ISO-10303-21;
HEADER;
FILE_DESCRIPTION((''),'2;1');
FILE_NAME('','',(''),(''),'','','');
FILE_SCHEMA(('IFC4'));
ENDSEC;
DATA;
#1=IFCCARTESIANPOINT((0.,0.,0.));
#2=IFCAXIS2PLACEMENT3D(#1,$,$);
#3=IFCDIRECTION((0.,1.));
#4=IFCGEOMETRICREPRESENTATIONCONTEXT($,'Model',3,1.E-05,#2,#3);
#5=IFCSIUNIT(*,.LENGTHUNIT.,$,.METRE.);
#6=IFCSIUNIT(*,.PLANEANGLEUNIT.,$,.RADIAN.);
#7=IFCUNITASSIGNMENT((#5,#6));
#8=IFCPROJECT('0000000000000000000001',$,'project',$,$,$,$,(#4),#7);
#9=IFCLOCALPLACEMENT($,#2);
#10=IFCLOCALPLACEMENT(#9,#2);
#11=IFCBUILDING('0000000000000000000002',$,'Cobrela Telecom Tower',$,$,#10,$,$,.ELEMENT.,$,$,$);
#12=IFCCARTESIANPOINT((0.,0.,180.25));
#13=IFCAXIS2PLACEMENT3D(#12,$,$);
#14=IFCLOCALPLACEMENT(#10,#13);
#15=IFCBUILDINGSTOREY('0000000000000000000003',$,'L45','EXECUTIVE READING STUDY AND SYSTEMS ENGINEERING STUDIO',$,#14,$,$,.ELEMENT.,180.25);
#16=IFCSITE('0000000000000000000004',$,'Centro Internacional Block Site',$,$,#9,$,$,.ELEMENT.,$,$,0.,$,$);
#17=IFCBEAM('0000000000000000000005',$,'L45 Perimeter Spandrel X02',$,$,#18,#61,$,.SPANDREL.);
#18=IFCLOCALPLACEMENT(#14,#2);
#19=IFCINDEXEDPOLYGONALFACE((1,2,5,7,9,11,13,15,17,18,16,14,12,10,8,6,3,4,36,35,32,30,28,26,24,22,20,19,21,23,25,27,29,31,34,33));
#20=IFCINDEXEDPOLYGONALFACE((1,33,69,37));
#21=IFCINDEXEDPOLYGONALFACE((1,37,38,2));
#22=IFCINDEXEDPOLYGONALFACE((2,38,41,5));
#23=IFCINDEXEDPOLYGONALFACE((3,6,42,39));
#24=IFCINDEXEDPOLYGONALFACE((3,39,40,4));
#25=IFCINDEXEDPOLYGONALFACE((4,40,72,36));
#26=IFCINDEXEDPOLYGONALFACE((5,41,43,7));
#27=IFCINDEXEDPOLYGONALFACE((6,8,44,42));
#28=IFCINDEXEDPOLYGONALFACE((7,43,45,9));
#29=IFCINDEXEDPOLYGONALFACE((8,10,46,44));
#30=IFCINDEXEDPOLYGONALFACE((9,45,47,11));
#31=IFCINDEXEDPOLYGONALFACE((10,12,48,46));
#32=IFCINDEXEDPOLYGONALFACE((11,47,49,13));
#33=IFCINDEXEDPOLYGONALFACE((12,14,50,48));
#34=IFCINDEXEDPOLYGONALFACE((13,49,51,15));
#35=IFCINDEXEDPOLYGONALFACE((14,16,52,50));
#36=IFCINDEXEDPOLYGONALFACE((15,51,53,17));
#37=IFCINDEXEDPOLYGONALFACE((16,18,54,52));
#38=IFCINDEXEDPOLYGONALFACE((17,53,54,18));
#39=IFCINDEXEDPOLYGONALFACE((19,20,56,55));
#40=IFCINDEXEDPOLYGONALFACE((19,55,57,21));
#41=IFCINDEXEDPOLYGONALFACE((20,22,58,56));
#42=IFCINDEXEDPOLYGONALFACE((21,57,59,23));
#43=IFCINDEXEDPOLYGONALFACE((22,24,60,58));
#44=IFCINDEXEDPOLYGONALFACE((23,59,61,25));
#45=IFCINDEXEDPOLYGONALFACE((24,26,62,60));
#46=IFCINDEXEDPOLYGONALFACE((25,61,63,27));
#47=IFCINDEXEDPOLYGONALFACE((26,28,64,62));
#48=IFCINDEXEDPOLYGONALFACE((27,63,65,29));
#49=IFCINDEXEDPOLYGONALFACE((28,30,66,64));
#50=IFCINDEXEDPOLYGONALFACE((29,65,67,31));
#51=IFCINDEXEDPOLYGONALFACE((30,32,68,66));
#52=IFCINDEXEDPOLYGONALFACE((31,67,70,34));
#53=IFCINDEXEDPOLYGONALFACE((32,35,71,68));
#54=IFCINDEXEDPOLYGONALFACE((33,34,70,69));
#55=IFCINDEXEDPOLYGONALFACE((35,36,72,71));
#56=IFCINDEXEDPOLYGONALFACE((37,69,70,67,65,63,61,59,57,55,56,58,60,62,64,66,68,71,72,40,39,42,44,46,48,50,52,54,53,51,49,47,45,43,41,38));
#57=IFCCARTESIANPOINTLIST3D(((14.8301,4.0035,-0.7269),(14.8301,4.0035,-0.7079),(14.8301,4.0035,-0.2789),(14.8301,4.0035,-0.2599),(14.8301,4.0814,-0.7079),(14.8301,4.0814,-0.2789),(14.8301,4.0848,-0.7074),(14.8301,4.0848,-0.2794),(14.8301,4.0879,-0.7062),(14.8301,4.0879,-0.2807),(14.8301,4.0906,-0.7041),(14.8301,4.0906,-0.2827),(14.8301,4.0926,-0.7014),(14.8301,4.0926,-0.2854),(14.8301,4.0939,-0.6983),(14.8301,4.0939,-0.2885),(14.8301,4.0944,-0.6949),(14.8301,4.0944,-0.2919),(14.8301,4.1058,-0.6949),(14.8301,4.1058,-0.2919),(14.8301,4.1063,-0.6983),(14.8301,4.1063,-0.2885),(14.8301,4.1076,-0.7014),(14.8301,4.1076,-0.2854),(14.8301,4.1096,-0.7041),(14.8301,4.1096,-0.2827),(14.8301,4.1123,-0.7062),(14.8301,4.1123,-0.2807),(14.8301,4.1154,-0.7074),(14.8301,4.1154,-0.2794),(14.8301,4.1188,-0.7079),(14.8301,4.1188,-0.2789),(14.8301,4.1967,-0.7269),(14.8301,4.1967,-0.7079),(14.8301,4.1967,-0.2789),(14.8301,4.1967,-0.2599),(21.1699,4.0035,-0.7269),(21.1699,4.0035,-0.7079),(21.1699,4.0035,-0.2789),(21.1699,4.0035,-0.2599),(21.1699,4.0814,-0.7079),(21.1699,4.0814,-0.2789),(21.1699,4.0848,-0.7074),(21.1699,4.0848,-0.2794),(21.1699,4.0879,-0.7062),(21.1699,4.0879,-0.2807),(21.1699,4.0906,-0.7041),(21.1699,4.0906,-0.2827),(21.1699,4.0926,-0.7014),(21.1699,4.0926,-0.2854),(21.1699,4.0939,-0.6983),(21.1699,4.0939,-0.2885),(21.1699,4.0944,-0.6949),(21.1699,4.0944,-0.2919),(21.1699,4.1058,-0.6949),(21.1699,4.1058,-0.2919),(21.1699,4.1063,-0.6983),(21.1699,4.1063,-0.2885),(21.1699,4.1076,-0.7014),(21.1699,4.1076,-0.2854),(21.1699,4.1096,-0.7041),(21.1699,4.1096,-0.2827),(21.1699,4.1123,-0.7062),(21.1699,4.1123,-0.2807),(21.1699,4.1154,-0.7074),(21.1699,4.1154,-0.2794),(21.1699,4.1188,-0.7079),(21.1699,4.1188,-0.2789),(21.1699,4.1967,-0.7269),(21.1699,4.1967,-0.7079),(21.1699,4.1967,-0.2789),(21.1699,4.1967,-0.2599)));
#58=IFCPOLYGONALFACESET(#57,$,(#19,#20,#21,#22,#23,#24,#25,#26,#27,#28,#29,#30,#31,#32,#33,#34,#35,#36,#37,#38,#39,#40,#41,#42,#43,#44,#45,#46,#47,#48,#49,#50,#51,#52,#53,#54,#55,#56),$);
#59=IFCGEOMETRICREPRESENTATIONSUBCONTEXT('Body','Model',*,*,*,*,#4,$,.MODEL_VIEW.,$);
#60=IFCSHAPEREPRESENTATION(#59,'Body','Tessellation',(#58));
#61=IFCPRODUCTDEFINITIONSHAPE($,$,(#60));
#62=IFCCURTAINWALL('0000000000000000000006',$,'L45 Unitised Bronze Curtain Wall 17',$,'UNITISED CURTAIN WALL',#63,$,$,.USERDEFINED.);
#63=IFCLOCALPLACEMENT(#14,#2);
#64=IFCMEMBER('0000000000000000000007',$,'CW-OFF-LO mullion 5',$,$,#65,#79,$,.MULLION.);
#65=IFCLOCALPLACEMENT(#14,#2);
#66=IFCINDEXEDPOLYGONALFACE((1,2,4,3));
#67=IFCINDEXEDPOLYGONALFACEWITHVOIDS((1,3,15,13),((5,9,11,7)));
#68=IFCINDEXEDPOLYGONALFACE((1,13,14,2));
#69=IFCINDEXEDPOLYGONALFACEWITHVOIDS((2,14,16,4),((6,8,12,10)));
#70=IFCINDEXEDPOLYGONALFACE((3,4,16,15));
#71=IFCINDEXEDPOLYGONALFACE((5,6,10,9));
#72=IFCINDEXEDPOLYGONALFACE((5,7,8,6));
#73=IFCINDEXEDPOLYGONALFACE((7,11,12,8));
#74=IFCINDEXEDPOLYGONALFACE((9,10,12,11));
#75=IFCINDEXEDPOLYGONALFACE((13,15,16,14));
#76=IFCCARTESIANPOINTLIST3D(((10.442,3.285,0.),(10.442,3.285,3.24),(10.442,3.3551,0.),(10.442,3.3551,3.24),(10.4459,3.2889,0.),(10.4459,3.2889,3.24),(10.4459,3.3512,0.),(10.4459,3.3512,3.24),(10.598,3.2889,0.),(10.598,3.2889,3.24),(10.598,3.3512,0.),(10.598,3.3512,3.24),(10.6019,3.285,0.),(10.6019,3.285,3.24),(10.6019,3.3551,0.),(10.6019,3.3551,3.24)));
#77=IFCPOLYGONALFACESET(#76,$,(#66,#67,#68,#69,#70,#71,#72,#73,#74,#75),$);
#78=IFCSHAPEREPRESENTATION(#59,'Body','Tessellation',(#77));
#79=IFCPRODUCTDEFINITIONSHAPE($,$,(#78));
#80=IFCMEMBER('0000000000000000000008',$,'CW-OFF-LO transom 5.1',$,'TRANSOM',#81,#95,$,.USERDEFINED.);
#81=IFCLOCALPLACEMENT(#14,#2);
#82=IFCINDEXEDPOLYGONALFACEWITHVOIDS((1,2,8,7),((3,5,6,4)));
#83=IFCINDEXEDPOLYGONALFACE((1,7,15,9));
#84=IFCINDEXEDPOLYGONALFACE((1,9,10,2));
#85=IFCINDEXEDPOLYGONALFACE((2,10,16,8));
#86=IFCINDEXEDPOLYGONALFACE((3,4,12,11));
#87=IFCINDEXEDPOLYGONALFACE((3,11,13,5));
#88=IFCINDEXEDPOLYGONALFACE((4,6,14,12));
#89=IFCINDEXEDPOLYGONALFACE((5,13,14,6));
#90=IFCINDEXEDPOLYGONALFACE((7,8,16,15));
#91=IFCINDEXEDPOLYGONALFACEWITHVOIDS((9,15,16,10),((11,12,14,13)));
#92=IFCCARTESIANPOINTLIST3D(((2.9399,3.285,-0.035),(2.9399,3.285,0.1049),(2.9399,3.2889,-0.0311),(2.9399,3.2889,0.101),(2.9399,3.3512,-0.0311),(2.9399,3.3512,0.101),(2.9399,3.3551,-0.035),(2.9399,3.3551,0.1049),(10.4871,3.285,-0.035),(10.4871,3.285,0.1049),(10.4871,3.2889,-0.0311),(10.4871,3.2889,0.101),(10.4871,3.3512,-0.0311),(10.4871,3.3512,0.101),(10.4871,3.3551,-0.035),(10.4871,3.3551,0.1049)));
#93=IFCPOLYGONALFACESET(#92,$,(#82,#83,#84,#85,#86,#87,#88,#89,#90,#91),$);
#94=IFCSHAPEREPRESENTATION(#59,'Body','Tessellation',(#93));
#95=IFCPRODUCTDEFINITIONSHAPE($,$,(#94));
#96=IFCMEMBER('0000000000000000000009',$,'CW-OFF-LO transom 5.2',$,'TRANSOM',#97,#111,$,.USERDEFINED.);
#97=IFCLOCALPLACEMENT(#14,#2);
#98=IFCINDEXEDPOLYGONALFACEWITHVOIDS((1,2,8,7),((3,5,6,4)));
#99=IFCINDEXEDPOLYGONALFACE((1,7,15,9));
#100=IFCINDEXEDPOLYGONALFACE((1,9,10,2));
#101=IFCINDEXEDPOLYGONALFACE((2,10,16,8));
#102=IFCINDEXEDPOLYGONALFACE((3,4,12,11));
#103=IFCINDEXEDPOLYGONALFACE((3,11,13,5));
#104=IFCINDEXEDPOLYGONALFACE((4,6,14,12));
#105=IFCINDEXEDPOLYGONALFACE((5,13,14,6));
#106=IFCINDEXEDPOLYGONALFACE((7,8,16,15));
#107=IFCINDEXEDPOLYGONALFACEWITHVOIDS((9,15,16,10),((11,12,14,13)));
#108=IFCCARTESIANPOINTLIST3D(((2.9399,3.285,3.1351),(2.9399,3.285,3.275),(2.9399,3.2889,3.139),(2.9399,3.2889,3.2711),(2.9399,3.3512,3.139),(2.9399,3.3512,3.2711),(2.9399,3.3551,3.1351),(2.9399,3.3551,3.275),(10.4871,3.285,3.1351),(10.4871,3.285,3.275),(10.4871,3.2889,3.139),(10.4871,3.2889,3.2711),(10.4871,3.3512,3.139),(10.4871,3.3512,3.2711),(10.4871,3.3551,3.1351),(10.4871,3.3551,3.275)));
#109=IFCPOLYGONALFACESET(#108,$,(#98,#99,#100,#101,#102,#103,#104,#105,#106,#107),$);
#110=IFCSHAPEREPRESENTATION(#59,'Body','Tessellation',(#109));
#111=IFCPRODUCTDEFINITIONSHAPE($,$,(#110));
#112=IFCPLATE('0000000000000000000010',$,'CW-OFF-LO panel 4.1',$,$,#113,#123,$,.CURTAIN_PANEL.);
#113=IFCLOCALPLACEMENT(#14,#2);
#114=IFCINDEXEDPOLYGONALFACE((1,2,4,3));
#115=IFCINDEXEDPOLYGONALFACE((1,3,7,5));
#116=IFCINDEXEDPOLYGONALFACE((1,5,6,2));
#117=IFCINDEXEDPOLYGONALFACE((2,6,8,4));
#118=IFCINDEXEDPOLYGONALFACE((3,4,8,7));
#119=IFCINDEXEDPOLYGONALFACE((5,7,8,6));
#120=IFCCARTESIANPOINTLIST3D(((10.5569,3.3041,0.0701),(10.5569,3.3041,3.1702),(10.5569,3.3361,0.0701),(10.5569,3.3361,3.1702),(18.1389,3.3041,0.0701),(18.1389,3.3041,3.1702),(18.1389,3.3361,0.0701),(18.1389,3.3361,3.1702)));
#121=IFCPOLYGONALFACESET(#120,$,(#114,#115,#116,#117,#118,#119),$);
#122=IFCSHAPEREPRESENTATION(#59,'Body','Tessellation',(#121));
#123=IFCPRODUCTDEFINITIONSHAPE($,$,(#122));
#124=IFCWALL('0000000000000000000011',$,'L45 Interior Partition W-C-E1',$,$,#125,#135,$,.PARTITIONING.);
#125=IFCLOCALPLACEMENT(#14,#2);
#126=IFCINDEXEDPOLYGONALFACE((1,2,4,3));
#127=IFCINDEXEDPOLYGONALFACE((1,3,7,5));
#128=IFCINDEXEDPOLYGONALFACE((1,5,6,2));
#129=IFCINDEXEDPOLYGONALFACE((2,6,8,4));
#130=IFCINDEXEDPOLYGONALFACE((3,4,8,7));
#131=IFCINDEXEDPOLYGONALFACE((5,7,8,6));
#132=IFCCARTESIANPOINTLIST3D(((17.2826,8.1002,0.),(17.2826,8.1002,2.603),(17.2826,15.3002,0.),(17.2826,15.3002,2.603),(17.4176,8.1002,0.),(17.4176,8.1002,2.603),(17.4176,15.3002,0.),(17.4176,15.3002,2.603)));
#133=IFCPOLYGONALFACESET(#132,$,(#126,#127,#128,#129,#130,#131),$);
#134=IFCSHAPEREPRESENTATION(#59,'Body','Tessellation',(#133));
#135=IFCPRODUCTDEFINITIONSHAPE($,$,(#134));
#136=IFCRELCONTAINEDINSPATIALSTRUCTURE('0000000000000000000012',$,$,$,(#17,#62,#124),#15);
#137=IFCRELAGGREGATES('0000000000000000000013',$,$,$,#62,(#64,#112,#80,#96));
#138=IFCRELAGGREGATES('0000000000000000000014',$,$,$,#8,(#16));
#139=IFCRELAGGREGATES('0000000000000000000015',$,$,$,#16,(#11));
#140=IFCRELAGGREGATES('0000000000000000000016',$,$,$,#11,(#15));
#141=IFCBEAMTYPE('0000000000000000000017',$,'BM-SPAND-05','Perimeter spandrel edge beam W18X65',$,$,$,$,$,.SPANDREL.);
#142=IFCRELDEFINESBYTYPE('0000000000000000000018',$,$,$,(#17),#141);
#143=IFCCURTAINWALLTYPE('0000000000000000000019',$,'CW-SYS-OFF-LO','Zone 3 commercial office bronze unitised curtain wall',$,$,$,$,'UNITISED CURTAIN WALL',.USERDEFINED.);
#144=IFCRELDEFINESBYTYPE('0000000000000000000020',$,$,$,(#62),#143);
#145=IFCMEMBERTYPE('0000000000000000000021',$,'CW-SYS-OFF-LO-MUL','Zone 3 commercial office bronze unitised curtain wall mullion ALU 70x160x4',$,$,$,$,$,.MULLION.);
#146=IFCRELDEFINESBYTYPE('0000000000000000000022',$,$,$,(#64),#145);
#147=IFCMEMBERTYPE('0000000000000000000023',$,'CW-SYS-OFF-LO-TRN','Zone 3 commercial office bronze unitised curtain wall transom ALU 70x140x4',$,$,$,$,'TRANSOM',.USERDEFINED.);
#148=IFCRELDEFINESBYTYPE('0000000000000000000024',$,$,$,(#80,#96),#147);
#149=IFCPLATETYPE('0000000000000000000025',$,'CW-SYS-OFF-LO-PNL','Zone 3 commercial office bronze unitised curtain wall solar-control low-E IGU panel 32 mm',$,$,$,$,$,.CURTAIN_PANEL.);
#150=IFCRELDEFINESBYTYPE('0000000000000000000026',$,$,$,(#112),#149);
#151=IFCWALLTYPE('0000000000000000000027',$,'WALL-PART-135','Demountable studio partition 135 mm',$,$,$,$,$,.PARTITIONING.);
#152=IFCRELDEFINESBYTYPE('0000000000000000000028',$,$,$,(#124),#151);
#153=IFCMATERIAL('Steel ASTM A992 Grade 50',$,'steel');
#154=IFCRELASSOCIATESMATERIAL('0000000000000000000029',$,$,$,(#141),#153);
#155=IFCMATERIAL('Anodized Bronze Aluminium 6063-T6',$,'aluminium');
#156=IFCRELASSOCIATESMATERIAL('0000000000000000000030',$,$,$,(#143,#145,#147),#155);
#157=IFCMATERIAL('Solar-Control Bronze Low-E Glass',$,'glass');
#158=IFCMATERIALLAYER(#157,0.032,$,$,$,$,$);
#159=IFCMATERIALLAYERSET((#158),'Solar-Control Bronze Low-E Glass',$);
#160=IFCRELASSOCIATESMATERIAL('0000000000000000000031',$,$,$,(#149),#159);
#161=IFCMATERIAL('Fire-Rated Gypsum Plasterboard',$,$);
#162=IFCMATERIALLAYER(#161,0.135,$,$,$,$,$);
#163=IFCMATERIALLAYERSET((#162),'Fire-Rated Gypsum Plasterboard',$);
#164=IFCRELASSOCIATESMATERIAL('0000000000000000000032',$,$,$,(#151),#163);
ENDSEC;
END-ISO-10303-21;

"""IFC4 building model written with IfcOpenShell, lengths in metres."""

from ifc_helpers import new_model, si_unit, direction, frame, frame_2d, origin, origin_2d, place, context, subcontext, project, spatial, rectangle, hollow_rectangle, i_section, extrude, material, layer, layer_set, material_profile, profile_set, type_object, element, aggregate, save


model = new_model("IFC4")

# Units and contexts
model_context = context("Model", 3, precision=1e-05, world=origin(), true_north=direction((0.0, 1.0)))
body_context = subcontext(model_context, "Body", "Model", "MODEL_VIEW")
ifc_project = project(units=[si_unit("LENGTHUNIT", "METRE"), si_unit("PLANEANGLEUNIT", "RADIAN")], contexts=[model_context])

# Site, building, storey
site_placement = place(None, origin())
site = spatial("IfcSite", under=ifc_project, at=site_placement, Name="Centro Internacional Block Site", CompositionType="ELEMENT", RefElevation=0.0)
building_placement = place(site_placement, origin())
building = spatial("IfcBuilding", under=site, at=building_placement, Name="Cobrela Telecom Tower", CompositionType="ELEMENT")
storey_placement = place(building_placement, frame((0.0, 0.0, 180.25)))
storey = spatial("IfcBuildingStorey", under=building, at=storey_placement, Name="L45", Description="EXECUTIVE READING STUDY AND SYSTEMS ENGINEERING STUDIO", CompositionType="ELEMENT", Elevation=180.25)

# Beam
ifc_material_1 = material(Name="Steel ASTM A992 Grade 50", Category="steel")
ifc_material_profile_1 = material_profile(ifc_material_1, i_section(OverallWidth=0.1931, OverallDepth=0.467, WebThickness=0.0115, FlangeThickness=0.019, FilletRadius=0.0129, at=origin_2d()), Name="W18X65")
ifc_profile_set_1 = profile_set([ifc_material_profile_1], Name="Steel ASTM A992 Grade 50")
beam_type_1 = type_object("IfcBeamType", Name="BM-SPAND-05", Description="Perimeter spandrel edge beam W18X65", PredefinedType="SPANDREL", material=ifc_profile_set_1)
beam_1_placement = place(storey_placement, frame((14.8301, 4.1001, -0.4934), z_axis=(1.0, 0.0, 0.0), x_axis=(0.0, 1.0, 0.0)))
element("IfcBeam", 1, at=beam_1_placement, inside=storey, type_object=beam_type_1, Name="L45 Perimeter Spandrel X02", PredefinedType="SPANDREL", context=body_context, shape_type="SweptSolid", body=[
    extrude(i_section(OverallWidth=0.1931, OverallDepth=0.467, WebThickness=0.0115, FlangeThickness=0.019, FilletRadius=0.0129, at=origin_2d()), origin(), (0.0, 0.0, 1.0), 6.3398),
])

# Curtain wall, members, plate
ifc_material_2 = material(Name="Anodized Bronze Aluminium 6063-T6", Category="aluminium")
curtain_wall_type = type_object("IfcCurtainWallType", Name="CW-SYS-OFF-LO", Description="Zone 3 commercial office bronze unitised curtain wall", ElementType="UNITISED CURTAIN WALL", PredefinedType="USERDEFINED", material=ifc_material_2)
curtain_wall_placement = place(storey_placement, origin())
curtain_wall = element("IfcCurtainWall", 2, at=curtain_wall_placement, inside=storey, type_object=curtain_wall_type, Name="L45 Unitised Bronze Curtain Wall 17", ObjectType="UNITISED CURTAIN WALL", PredefinedType="USERDEFINED")
ifc_material_profile_2 = material_profile(ifc_material_2, hollow_rectangle(XDim=0.0701, YDim=0.1599, WallThickness=0.0039, at=origin_2d()), Name="ALU 70x160x4")
ifc_profile_set_2 = profile_set([ifc_material_profile_2], Name="Anodized Bronze Aluminium 6063-T6")
member_type_1 = type_object("IfcMemberType", Name="CW-SYS-OFF-LO-MUL", Description="Zone 3 commercial office bronze unitised curtain wall mullion ALU 70x160x4", PredefinedType="MULLION", material=ifc_profile_set_2)
member_1_placement = place(storey_placement, frame((10.522, 3.3201, 0.0), z_axis=(0.0, 0.0, 1.0), x_axis=(0.0, -1.0, 0.0)))
member_1 = element("IfcMember", 3, at=member_1_placement, type_object=member_type_1, Name="CW-OFF-LO mullion 5", PredefinedType="MULLION", context=body_context, shape_type="SweptSolid", body=[
    extrude(hollow_rectangle(XDim=0.0701, YDim=0.1599, WallThickness=0.0039, at=origin_2d()), origin(), (0.0, 0.0, 1.0), 3.24),
])
ifc_material_profile_3 = material_profile(ifc_material_2, hollow_rectangle(XDim=0.0701, YDim=0.1399, WallThickness=0.0039, at=origin_2d()), Name="ALU 70x140x4")
ifc_profile_set_3 = profile_set([ifc_material_profile_3], Name="Anodized Bronze Aluminium 6063-T6")
member_type_2 = type_object("IfcMemberType", Name="CW-SYS-OFF-LO-TRN", Description="Zone 3 commercial office bronze unitised curtain wall transom ALU 70x140x4", ElementType="TRANSOM", PredefinedType="USERDEFINED", material=ifc_profile_set_3)
member_2_placement = place(storey_placement, frame((10.4871, 3.3201, 0.0349), z_axis=(-1.0, 0.0, 0.0), x_axis=(0.0, -1.0, 0.0)))
member_2 = element("IfcMember", 4, at=member_2_placement, type_object=member_type_2, Name="CW-OFF-LO transom 5.1", ObjectType="TRANSOM", PredefinedType="USERDEFINED", context=body_context, shape_type="SweptSolid", body=[
    extrude(hollow_rectangle(XDim=0.0701, YDim=0.1399, WallThickness=0.0039, at=origin_2d()), origin(), (0.0, 0.0, 1.0), 7.5471),
])
member_3_placement = place(storey_placement, frame((10.4871, 3.3201, 3.2051), z_axis=(-1.0, 0.0, 0.0), x_axis=(0.0, -1.0, 0.0)))
member_3 = element("IfcMember", 5, at=member_3_placement, type_object=member_type_2, Name="CW-OFF-LO transom 5.2", ObjectType="TRANSOM", PredefinedType="USERDEFINED", context=body_context, shape_type="SweptSolid", body=[
    extrude(hollow_rectangle(XDim=0.0701, YDim=0.1399, WallThickness=0.0039, at=origin_2d()), origin(), (0.0, 0.0, 1.0), 7.5471),
])
ifc_material_3 = material(Name="Solar-Control Bronze Low-E Glass", Category="glass")
ifc_layer_1 = layer(ifc_material_3, 0.032)
ifc_layer_set_1 = layer_set([ifc_layer_1], Name="Solar-Control Bronze Low-E Glass")
plate_type = type_object("IfcPlateType", Name="CW-SYS-OFF-LO-PNL", Description="Zone 3 commercial office bronze unitised curtain wall solar-control low-E IGU panel 32 mm", PredefinedType="CURTAIN_PANEL", material=ifc_layer_set_1)
plate_placement = place(storey_placement, frame((14.3479, 3.3201, 0.0701), z_axis=(0.0, 0.0, 1.0), x_axis=(-1.0, 0.0, 0.0)))
plate = element("IfcPlate", 6, at=plate_placement, type_object=plate_type, Name="CW-OFF-LO panel 4.1", PredefinedType="CURTAIN_PANEL", context=body_context, shape_type="SweptSolid", body=[
    extrude(rectangle(XDim=7.582, YDim=0.032, at=origin_2d()), origin(), (0.0, 0.0, 1.0), 3.1001),
])
aggregate(curtain_wall, [member_1, plate, member_2, member_3])

# Wall
ifc_material_4 = material(Name="Fire-Rated Gypsum Plasterboard")
ifc_layer_2 = layer(ifc_material_4, 0.135)
ifc_layer_set_2 = layer_set([ifc_layer_2], Name="Fire-Rated Gypsum Plasterboard")
wall_type_1 = type_object("IfcWallType", Name="WALL-PART-135", Description="Demountable studio partition 135 mm", PredefinedType="PARTITIONING", material=ifc_layer_set_2)
wall_1_placement = place(storey_placement, frame((17.3501, 8.1001, 0.0), z_axis=(0.0, 0.0, 1.0), x_axis=(0.0, 1.0, 0.0)))
element("IfcWall", 7, at=wall_1_placement, inside=storey, type_object=wall_type_1, Name="L45 Interior Partition W-C-E1", PredefinedType="PARTITIONING", context=body_context, shape_type="SweptSolid", body=[
    extrude(rectangle(XDim=7.2, YDim=0.135, at=frame_2d((3.6001, 0.0))), origin(), (0.0, 0.0, 1.0), 2.603),
])

save(model, "model.ifc")
